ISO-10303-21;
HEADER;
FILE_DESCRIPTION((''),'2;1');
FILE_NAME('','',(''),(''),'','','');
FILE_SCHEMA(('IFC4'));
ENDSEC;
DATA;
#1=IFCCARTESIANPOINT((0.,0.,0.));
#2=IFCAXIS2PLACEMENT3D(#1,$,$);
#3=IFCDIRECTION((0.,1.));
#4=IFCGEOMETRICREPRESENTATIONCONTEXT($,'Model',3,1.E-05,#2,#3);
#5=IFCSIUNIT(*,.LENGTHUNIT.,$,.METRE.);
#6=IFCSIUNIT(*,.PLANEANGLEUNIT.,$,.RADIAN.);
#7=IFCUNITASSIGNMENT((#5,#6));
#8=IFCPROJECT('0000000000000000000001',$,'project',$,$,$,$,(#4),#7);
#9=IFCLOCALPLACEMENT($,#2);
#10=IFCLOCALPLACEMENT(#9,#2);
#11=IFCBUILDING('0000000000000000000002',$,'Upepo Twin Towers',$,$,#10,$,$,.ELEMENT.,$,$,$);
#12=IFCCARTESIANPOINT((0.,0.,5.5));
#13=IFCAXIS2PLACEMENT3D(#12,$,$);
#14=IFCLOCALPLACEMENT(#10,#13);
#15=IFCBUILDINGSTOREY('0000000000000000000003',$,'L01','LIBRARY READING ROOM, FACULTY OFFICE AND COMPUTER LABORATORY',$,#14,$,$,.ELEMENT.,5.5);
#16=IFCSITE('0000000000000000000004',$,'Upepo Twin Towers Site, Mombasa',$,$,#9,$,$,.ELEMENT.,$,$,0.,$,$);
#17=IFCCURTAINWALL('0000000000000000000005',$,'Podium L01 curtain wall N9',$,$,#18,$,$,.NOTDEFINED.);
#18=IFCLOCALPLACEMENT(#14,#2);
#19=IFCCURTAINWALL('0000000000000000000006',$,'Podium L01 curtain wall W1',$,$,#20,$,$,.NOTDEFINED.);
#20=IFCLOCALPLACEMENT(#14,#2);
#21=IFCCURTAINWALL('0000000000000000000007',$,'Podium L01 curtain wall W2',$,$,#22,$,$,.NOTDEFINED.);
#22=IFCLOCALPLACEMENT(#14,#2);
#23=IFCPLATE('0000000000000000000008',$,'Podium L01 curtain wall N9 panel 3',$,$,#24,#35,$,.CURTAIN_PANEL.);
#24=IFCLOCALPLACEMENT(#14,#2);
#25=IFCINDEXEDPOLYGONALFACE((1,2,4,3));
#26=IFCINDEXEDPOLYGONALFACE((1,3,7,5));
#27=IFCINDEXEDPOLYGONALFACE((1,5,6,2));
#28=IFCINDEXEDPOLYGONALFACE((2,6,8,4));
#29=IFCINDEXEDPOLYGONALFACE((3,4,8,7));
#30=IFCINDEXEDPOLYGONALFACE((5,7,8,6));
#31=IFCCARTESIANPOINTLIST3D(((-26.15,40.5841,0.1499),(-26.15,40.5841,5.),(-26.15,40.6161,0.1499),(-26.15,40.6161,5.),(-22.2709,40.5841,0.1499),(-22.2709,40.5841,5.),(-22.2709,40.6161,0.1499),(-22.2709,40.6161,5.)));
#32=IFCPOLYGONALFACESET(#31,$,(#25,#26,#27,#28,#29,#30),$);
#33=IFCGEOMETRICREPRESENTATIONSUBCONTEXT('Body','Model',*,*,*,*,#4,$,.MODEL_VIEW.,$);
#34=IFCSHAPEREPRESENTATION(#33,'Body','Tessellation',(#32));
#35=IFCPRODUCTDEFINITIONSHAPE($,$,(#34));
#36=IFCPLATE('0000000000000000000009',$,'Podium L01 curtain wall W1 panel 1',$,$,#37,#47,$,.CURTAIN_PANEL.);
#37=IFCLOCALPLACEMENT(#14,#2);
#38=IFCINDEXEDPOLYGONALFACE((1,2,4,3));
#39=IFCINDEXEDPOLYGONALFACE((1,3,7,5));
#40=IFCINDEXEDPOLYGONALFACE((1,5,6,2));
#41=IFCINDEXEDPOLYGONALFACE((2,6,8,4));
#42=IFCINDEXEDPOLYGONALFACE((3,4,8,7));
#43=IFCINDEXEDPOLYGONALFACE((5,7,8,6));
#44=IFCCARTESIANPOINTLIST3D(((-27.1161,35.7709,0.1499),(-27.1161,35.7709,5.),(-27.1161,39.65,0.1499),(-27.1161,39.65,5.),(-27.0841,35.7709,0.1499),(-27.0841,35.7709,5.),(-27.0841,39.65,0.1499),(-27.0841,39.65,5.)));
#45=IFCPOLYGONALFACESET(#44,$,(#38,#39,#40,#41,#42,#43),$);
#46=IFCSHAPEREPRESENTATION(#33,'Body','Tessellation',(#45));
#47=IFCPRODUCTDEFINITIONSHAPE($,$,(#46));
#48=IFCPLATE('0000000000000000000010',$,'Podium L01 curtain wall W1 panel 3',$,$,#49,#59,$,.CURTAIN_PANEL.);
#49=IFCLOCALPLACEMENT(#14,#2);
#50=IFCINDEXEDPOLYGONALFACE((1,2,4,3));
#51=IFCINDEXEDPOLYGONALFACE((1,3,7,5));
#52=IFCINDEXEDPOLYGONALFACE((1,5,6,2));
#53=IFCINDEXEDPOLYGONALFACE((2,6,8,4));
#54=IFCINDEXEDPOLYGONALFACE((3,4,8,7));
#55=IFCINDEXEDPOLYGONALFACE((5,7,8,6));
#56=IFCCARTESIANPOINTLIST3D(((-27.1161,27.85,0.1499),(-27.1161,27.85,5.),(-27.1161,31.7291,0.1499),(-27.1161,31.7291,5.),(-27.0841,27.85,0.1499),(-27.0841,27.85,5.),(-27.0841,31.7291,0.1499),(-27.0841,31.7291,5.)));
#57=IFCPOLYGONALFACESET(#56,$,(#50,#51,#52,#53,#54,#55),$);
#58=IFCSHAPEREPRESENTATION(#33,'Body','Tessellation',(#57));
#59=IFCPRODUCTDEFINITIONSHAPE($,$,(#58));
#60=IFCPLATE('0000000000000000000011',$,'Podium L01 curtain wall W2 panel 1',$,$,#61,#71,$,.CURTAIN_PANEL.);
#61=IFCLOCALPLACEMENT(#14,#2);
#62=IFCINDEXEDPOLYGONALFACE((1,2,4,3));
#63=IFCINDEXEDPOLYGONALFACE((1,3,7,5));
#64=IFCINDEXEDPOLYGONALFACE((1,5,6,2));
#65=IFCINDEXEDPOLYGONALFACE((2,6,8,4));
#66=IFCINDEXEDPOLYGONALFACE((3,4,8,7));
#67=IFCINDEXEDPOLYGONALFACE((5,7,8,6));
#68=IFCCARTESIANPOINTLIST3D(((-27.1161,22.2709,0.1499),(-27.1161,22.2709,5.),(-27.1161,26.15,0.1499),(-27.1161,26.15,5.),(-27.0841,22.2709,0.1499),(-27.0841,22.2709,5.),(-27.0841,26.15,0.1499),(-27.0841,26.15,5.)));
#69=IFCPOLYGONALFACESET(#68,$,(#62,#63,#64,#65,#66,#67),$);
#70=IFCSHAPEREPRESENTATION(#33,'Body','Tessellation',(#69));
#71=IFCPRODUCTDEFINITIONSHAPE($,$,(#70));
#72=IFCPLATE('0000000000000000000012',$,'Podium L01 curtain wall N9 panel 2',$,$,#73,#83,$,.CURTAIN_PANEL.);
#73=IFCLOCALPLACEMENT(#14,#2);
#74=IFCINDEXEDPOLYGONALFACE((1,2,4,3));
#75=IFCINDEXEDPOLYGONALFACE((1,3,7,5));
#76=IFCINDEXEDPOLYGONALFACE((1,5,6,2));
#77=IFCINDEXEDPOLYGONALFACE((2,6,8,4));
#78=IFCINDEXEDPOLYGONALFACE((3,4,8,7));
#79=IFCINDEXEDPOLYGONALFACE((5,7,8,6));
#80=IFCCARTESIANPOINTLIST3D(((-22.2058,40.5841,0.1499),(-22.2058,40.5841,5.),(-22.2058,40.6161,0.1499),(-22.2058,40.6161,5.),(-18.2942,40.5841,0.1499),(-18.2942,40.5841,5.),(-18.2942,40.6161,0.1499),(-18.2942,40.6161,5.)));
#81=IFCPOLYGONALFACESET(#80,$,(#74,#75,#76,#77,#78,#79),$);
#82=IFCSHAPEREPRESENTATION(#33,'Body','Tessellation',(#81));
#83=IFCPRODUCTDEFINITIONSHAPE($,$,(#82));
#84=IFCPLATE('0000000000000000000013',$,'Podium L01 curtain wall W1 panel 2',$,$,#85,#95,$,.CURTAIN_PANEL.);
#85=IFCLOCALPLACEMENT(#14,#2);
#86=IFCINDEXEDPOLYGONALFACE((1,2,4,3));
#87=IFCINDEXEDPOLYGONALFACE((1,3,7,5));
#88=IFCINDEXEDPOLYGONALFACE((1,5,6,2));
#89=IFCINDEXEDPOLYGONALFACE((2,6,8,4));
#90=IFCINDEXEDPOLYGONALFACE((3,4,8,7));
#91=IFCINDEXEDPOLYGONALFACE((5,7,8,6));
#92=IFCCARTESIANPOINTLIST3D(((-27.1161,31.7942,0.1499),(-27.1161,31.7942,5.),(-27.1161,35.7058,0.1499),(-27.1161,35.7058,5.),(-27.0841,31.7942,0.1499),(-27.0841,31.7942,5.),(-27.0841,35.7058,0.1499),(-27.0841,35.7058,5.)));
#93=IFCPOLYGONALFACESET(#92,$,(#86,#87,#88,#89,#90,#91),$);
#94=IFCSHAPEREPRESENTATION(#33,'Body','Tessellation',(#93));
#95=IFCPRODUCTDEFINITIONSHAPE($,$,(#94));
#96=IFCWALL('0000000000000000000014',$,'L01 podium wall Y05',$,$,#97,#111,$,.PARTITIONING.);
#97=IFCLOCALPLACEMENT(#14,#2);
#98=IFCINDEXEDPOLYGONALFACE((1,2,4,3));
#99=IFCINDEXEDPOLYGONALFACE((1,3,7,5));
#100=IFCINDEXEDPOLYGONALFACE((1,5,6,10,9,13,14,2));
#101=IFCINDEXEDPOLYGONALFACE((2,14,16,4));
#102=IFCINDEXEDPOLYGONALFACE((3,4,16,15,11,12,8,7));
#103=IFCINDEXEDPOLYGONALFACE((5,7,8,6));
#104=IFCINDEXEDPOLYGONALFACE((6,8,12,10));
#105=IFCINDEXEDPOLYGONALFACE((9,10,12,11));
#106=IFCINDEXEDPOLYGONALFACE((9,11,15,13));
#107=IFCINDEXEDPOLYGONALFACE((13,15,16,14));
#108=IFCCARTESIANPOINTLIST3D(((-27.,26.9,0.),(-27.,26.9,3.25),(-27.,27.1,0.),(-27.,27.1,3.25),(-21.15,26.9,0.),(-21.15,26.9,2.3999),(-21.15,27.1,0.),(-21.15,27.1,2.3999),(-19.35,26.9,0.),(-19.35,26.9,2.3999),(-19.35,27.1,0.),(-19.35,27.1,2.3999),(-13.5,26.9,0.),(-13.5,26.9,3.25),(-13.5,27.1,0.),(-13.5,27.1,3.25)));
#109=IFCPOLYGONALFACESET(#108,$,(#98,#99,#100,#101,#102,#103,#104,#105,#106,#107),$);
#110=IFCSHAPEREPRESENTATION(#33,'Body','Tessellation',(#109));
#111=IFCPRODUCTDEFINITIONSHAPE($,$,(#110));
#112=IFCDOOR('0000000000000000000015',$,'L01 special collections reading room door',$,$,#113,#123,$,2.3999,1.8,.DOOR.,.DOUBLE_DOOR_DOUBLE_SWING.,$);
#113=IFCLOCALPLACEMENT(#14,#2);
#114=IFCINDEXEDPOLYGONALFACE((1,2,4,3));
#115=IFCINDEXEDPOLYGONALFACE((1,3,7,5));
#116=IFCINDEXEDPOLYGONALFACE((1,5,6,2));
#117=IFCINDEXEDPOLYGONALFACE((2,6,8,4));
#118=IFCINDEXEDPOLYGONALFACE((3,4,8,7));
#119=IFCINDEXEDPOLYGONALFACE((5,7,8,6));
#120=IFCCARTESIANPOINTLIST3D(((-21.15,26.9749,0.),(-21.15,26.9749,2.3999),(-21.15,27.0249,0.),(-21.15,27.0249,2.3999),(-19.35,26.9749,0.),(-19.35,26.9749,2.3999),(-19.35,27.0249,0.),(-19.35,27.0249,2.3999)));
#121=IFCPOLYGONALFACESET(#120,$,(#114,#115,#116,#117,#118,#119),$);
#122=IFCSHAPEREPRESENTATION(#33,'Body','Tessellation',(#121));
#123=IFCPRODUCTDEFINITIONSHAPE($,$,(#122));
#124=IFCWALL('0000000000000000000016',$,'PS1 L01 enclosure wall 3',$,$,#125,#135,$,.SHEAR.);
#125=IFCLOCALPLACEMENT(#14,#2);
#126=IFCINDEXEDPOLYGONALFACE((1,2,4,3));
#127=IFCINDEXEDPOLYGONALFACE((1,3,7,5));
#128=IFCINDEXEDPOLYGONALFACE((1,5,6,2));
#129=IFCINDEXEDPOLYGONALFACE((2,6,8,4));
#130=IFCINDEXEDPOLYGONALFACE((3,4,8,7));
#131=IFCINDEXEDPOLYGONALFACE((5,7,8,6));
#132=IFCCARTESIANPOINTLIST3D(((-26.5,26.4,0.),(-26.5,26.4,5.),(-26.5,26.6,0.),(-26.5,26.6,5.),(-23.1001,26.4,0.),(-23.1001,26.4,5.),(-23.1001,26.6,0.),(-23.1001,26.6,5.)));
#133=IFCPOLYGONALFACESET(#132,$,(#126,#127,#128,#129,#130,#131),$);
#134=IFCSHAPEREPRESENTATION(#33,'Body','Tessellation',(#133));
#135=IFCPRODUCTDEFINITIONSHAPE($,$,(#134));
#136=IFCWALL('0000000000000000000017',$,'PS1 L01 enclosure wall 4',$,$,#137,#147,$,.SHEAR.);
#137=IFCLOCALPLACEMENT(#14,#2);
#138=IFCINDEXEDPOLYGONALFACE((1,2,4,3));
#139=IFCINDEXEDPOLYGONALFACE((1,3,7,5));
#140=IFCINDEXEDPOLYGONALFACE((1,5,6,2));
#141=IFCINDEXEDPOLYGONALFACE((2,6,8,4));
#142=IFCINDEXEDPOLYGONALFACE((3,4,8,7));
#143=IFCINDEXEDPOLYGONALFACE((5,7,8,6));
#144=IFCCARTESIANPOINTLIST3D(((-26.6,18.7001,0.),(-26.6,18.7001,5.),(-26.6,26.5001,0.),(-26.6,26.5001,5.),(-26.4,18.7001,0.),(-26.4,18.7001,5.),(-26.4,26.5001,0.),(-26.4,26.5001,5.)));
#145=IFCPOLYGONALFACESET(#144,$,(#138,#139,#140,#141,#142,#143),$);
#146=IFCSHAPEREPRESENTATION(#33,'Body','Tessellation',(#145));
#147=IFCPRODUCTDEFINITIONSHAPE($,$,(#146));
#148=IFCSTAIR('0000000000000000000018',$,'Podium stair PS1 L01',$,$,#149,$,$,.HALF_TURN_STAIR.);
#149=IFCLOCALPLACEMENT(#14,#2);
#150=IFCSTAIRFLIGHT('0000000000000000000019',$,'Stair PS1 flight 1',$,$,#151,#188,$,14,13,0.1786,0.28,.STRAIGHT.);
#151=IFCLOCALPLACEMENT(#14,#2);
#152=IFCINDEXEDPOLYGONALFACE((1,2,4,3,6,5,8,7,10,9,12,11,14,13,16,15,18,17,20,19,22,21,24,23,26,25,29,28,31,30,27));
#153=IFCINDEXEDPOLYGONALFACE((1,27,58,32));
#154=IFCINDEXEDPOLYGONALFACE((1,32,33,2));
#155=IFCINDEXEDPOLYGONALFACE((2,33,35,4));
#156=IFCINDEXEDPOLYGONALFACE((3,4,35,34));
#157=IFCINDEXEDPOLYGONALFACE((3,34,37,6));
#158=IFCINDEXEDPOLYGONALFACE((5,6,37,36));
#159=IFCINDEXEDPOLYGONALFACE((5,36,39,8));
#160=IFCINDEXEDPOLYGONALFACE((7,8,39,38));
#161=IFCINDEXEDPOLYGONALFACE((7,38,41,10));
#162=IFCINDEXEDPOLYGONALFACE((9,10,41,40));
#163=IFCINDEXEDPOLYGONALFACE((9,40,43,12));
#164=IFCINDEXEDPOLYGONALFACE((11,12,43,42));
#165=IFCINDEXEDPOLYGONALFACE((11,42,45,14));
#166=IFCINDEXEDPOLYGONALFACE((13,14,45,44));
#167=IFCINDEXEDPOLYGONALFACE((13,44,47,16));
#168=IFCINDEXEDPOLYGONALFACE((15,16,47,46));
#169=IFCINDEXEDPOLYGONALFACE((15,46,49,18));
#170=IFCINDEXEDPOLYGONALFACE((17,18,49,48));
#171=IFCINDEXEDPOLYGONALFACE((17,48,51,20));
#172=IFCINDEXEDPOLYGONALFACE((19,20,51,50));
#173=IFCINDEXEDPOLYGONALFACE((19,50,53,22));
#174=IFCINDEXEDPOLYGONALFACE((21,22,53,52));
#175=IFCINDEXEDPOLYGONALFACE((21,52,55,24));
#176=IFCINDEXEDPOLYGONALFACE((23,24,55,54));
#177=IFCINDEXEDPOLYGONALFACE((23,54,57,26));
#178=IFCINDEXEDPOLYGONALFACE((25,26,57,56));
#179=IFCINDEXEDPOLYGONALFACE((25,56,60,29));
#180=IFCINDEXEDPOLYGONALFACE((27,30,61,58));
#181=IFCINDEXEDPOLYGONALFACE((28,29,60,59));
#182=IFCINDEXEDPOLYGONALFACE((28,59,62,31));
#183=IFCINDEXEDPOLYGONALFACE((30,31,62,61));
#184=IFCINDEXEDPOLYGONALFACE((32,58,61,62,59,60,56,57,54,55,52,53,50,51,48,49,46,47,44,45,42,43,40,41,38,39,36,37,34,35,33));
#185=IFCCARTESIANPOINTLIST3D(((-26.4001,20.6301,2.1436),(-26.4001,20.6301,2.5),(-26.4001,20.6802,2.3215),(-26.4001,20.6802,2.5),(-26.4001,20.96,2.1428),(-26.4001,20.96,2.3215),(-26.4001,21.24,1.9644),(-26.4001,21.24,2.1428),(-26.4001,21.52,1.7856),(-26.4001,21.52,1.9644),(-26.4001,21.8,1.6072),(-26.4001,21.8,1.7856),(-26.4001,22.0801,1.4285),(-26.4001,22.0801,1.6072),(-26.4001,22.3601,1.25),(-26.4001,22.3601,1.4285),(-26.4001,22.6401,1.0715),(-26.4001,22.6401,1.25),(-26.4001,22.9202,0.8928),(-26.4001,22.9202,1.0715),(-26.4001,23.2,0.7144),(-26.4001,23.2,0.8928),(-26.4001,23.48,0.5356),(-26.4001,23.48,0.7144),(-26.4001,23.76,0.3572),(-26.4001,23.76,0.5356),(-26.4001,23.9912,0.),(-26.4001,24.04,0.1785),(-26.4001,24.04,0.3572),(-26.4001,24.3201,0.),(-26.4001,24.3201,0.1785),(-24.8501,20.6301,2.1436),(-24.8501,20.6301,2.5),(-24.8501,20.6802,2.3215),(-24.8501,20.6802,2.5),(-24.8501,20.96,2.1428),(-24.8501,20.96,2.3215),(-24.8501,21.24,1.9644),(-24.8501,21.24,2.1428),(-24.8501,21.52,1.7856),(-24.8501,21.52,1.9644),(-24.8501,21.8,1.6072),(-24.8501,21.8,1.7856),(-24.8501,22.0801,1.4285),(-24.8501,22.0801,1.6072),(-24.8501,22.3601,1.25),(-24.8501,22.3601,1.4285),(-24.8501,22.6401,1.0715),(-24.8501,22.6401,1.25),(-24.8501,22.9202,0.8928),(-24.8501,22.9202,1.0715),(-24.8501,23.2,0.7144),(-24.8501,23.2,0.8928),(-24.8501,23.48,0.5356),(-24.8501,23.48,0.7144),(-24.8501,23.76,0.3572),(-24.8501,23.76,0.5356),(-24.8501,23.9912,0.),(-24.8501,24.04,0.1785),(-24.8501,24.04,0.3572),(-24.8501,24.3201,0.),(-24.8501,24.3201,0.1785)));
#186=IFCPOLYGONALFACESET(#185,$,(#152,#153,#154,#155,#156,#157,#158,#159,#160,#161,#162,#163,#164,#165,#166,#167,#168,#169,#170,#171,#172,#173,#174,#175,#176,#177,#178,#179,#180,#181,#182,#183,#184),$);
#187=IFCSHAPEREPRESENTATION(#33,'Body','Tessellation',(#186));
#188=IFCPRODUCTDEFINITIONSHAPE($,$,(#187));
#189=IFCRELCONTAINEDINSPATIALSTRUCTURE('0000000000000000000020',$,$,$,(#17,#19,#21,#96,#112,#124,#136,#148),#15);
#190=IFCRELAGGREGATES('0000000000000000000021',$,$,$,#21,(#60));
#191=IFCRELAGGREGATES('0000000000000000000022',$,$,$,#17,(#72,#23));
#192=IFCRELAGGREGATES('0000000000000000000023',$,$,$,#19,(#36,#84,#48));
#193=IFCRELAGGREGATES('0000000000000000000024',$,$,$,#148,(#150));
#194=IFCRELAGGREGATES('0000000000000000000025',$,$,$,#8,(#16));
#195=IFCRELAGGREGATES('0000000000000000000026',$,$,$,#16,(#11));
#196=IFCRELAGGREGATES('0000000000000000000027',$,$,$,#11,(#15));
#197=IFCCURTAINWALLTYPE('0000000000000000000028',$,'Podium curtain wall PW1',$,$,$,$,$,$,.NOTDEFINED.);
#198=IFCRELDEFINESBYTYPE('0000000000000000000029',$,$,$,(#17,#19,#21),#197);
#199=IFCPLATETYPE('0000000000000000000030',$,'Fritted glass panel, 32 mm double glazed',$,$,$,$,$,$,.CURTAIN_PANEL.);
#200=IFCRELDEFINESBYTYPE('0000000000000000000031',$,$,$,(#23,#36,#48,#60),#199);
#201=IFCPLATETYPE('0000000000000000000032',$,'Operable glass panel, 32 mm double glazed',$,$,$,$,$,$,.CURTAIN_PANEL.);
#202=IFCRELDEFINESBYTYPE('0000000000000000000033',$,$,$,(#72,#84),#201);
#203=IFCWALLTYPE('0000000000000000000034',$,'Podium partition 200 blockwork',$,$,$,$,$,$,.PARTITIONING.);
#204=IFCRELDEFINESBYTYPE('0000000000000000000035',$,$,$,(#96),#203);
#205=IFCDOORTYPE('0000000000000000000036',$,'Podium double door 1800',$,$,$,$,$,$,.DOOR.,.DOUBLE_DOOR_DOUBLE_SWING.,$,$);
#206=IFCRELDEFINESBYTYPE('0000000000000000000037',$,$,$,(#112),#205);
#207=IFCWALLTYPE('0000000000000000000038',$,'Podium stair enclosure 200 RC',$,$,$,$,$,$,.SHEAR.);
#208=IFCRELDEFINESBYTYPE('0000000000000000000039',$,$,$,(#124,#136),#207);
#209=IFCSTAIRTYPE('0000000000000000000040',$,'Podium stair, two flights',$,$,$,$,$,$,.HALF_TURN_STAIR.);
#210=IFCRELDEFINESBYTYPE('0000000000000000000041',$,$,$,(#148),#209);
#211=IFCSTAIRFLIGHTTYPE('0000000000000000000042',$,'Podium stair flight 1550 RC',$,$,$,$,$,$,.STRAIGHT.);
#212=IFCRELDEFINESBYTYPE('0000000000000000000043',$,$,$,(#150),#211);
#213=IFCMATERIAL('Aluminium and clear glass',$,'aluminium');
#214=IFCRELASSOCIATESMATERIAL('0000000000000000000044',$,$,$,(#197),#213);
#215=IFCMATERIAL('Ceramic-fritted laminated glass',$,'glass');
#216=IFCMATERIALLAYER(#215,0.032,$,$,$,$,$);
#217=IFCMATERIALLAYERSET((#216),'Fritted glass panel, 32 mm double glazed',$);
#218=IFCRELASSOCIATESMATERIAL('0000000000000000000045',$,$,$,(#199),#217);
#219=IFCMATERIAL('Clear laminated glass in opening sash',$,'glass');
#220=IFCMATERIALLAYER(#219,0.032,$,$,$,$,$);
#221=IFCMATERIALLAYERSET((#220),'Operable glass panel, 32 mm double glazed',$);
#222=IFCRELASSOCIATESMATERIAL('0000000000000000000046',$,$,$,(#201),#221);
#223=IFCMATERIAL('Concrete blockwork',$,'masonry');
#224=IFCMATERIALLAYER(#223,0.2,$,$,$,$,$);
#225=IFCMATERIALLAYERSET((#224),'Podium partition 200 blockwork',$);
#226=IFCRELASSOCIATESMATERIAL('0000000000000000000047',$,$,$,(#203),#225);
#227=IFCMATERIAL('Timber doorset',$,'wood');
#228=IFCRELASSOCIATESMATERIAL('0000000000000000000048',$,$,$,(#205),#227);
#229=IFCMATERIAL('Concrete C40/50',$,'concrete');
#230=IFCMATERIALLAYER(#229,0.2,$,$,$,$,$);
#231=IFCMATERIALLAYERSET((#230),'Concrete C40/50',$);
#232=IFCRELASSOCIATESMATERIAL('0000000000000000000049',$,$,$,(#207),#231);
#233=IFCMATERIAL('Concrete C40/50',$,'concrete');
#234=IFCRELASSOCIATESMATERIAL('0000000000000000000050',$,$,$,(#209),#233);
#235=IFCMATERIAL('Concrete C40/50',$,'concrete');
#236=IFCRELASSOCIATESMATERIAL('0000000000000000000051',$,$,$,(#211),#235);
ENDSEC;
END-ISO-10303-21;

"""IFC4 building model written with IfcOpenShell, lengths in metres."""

from ifc_helpers import new_model, si_unit, direction, frame, frame_2d, origin, origin_2d, place, context, subcontext, project, spatial, polyline, rectangle, outline, extrude, material, layer, layer_set, type_object, element, fill, aggregate, save


model = new_model("IFC4")

# Units and contexts
model_context = context("Model", 3, precision=1e-05, world=origin(), true_north=direction((0.0, 1.0)))
body_context = subcontext(model_context, "Body", "Model", "MODEL_VIEW")
ifc_project = project(units=[si_unit("LENGTHUNIT", "METRE"), si_unit("PLANEANGLEUNIT", "RADIAN")], contexts=[model_context])

# Site, building, storey
site_placement = place(None, origin())
site = spatial("IfcSite", under=ifc_project, at=site_placement, Name="Upepo Twin Towers Site, Mombasa", CompositionType="ELEMENT", RefElevation=0.0)
building_placement = place(site_placement, origin())
building = spatial("IfcBuilding", under=site, at=building_placement, Name="Upepo Twin Towers", CompositionType="ELEMENT")
storey_placement = place(building_placement, frame((0.0, 0.0, 5.5)))
storey = spatial("IfcBuildingStorey", under=building, at=storey_placement, Name="L01", Description="LIBRARY READING ROOM, FACULTY OFFICE AND COMPUTER LABORATORY", CompositionType="ELEMENT", Elevation=5.5)

# Curtain walls
ifc_material_1 = material(Name="Aluminium and clear glass", Category="aluminium")
curtain_wall_type = type_object("IfcCurtainWallType", Name="Podium curtain wall PW1", PredefinedType="NOTDEFINED", material=ifc_material_1)
curtain_wall_1_placement = place(storey_placement, origin())
curtain_wall_1 = element("IfcCurtainWall", 1, at=curtain_wall_1_placement, inside=storey, type_object=curtain_wall_type, Name="Podium L01 curtain wall N9", PredefinedType="NOTDEFINED")
curtain_wall_2_placement = place(storey_placement, origin())
curtain_wall_2 = element("IfcCurtainWall", 2, at=curtain_wall_2_placement, inside=storey, type_object=curtain_wall_type, Name="Podium L01 curtain wall W1", PredefinedType="NOTDEFINED")

# Curtain wall
curtain_wall_3_placement = place(storey_placement, origin())
curtain_wall_3 = element("IfcCurtainWall", 3, at=curtain_wall_3_placement, inside=storey, type_object=curtain_wall_type, Name="Podium L01 curtain wall W2", PredefinedType="NOTDEFINED")

# Plates
ifc_material_2 = material(Name="Ceramic-fritted laminated glass", Category="glass")
ifc_layer_1 = layer(ifc_material_2, 0.032)
ifc_layer_set_1 = layer_set([ifc_layer_1], Name="Fritted glass panel, 32 mm double glazed")
plate_type_1 = type_object("IfcPlateType", Name="Fritted glass panel, 32 mm double glazed", PredefinedType="CURTAIN_PANEL", material=ifc_layer_set_1)
plate_1_placement = place(storey_placement, frame((-24.2104, 40.6001, 0.1499), z_axis=(0.0, 0.0, 1.0), x_axis=(-1.0, 0.0, 0.0)))
plate_1 = element("IfcPlate", 4, at=plate_1_placement, type_object=plate_type_1, Name="Podium L01 curtain wall N9 panel 3", PredefinedType="CURTAIN_PANEL", context=body_context, shape_type="SweptSolid", body=[
    extrude(rectangle(XDim=3.8792, YDim=0.032, at=origin_2d()), origin(), (0.0, 0.0, 1.0), 4.8501),
])
plate_2_placement = place(storey_placement, frame((-27.1001, 37.7104, 0.1499), z_axis=(0.0, 0.0, 1.0), x_axis=(0.0, -1.0, 0.0)))
plate_2 = element("IfcPlate", 5, at=plate_2_placement, type_object=plate_type_1, Name="Podium L01 curtain wall W1 panel 1", PredefinedType="CURTAIN_PANEL", context=body_context, shape_type="SweptSolid", body=[
    extrude(rectangle(XDim=3.8792, YDim=0.032, at=origin_2d()), origin(), (0.0, 0.0, 1.0), 4.8501),
])
plate_3_placement = place(storey_placement, frame((-27.1001, 29.7896, 0.1499), z_axis=(0.0, 0.0, 1.0), x_axis=(0.0, -1.0, 0.0)))
plate_3 = element("IfcPlate", 6, at=plate_3_placement, type_object=plate_type_1, Name="Podium L01 curtain wall W1 panel 3", PredefinedType="CURTAIN_PANEL", context=body_context, shape_type="SweptSolid", body=[
    extrude(rectangle(XDim=3.8792, YDim=0.032, at=origin_2d()), origin(), (0.0, 0.0, 1.0), 4.8501),
])
plate_4_placement = place(storey_placement, frame((-27.1001, 24.2104, 0.1499), z_axis=(0.0, 0.0, 1.0), x_axis=(0.0, -1.0, 0.0)))
plate_4 = element("IfcPlate", 7, at=plate_4_placement, type_object=plate_type_1, Name="Podium L01 curtain wall W2 panel 1", PredefinedType="CURTAIN_PANEL", context=body_context, shape_type="SweptSolid", body=[
    extrude(rectangle(XDim=3.8792, YDim=0.032, at=origin_2d()), origin(), (0.0, 0.0, 1.0), 4.8501),
])
aggregate(curtain_wall_3, [plate_4])
ifc_material_3 = material(Name="Clear laminated glass in opening sash", Category="glass")
ifc_layer_2 = layer(ifc_material_3, 0.032)
ifc_layer_set_2 = layer_set([ifc_layer_2], Name="Operable glass panel, 32 mm double glazed")
plate_type_2 = type_object("IfcPlateType", Name="Operable glass panel, 32 mm double glazed", PredefinedType="CURTAIN_PANEL", material=ifc_layer_set_2)
plate_5_placement = place(storey_placement, frame((-20.25, 40.6001, 0.1499), z_axis=(0.0, 0.0, 1.0), x_axis=(-1.0, 0.0, 0.0)))
plate_5 = element("IfcPlate", 8, at=plate_5_placement, type_object=plate_type_2, Name="Podium L01 curtain wall N9 panel 2", PredefinedType="CURTAIN_PANEL", context=body_context, shape_type="SweptSolid", body=[
    extrude(rectangle(XDim=3.9116, YDim=0.032, at=origin_2d()), origin(), (0.0, 0.0, 1.0), 4.8501),
])
aggregate(curtain_wall_1, [plate_5, plate_1])
plate_6_placement = place(storey_placement, frame((-27.1001, 33.75, 0.1499), z_axis=(0.0, 0.0, 1.0), x_axis=(0.0, -1.0, 0.0)))
plate_6 = element("IfcPlate", 9, at=plate_6_placement, type_object=plate_type_2, Name="Podium L01 curtain wall W1 panel 2", PredefinedType="CURTAIN_PANEL", context=body_context, shape_type="SweptSolid", body=[
    extrude(rectangle(XDim=3.9116, YDim=0.032, at=origin_2d()), origin(), (0.0, 0.0, 1.0), 4.8501),
])
aggregate(curtain_wall_2, [plate_2, plate_6, plate_3])

# Wall, opening, door
ifc_material_4 = material(Name="Concrete blockwork", Category="masonry")
ifc_layer_3 = layer(ifc_material_4, 0.2)
ifc_layer_set_3 = layer_set([ifc_layer_3], Name="Podium partition 200 blockwork")
wall_type_1 = type_object("IfcWallType", Name="Podium partition 200 blockwork", PredefinedType="PARTITIONING", material=ifc_layer_set_3)
wall_1_placement = place(storey_placement, frame((-27.0, 27.0, 0.0), z_axis=(0.0, 0.0, 1.0), x_axis=(1.0, 0.0, 0.0)))
wall_1 = element("IfcWall", 10, at=wall_1_placement, inside=storey, type_object=wall_type_1, Name="L01 podium wall Y05", PredefinedType="PARTITIONING", context=body_context, shape_type="SweptSolid", body=[
    extrude(rectangle(XDim=13.5, YDim=0.2, at=frame_2d((6.75, 0.0))), origin(), (0.0, 0.0, 1.0), 3.25),
])
opening_placement = place(wall_1_placement, frame((5.8501, 0.0, 0.0)))
opening = element("IfcOpeningElement", 11, at=opening_placement, cuts=wall_1, PredefinedType="OPENING", context=body_context, shape_type="SweptSolid", body=[
    extrude(rectangle(XDim=1.8, YDim=2.3999, at=frame_2d((0.8999, 1.2))), frame((0.0, 0.1099, 0.0), z_axis=(0.0, -1.0, 0.0), x_axis=(1.0, 0.0, 0.0)), (0.0, 0.0, 1.0), 0.22),
])
ifc_material_5 = material(Name="Timber doorset", Category="wood")
door_type = type_object("IfcDoorType", Name="Podium double door 1800", OperationType="DOUBLE_DOOR_DOUBLE_SWING", PredefinedType="DOOR", material=ifc_material_5)
door_placement = place(opening_placement, origin())
door = element("IfcDoor", 12, at=door_placement, inside=storey, type_object=door_type, Name="L01 special collections reading room door", OperationType="DOUBLE_DOOR_DOUBLE_SWING", OverallHeight=2.3999, OverallWidth=1.8, PredefinedType="DOOR", context=body_context, shape_type="SweptSolid", body=[
    extrude(rectangle(XDim=1.8, YDim=2.3999, at=frame_2d((0.8999, 1.2))), frame((0.0, 0.0249, 0.0), z_axis=(0.0, -1.0, 0.0), x_axis=(1.0, 0.0, 0.0)), (0.0, 0.0, 1.0), 0.05),
])
fill(opening, door)

# Walls
ifc_material_6 = material(Name="Concrete C40/50", Category="concrete")
ifc_layer_4 = layer(ifc_material_6, 0.2)
ifc_layer_set_4 = layer_set([ifc_layer_4], Name="Concrete C40/50")
wall_type_2 = type_object("IfcWallType", Name="Podium stair enclosure 200 RC", PredefinedType="SHEAR", material=ifc_layer_set_4)
wall_2_placement = place(storey_placement, frame((-23.1001, 26.5, 0.0), z_axis=(0.0, 0.0, 1.0), x_axis=(-1.0, 0.0, 0.0)))
element("IfcWall", 13, at=wall_2_placement, inside=storey, type_object=wall_type_2, Name="PS1 L01 enclosure wall 3", PredefinedType="SHEAR", context=body_context, shape_type="SweptSolid", body=[
    extrude(rectangle(XDim=3.3999, YDim=0.2, at=frame_2d((1.7, 0.0))), origin(), (0.0, 0.0, 1.0), 5.0),
])
wall_3_placement = place(storey_placement, frame((-26.5, 26.5, 0.0), z_axis=(0.0, 0.0, 1.0), x_axis=(0.0, -1.0, 0.0)))
element("IfcWall", 14, at=wall_3_placement, inside=storey, type_object=wall_type_2, Name="PS1 L01 enclosure wall 4", PredefinedType="SHEAR", context=body_context, shape_type="SweptSolid", body=[
    extrude(rectangle(XDim=7.8, YDim=0.2, at=frame_2d((3.8999, 0.0))), origin(), (0.0, 0.0, 1.0), 5.0),
])

# Stair, stair flight
ifc_material_7 = material(Name="Concrete C40/50", Category="concrete")
stair_type = type_object("IfcStairType", Name="Podium stair, two flights", PredefinedType="HALF_TURN_STAIR", material=ifc_material_7)
stair_placement = place(storey_placement, origin())
stair = element("IfcStair", 15, at=stair_placement, inside=storey, type_object=stair_type, Name="Podium stair PS1 L01", PredefinedType="HALF_TURN_STAIR")
ifc_material_8 = material(Name="Concrete C40/50", Category="concrete")
stair_flight_type = type_object("IfcStairFlightType", Name="Podium stair flight 1550 RC", PredefinedType="STRAIGHT", material=ifc_material_8)
stair_flight_placement = place(storey_placement, frame((-25.625, 24.3201, 0.0), z_axis=(0.0, 0.0, 1.0), x_axis=(0.0, -1.0, 0.0)))
stair_flight = element("IfcStairFlight", 16, at=stair_flight_placement, type_object=stair_flight_type, Name="Stair PS1 flight 1", NumberOfRisers=14, NumberOfTreads=13, PredefinedType="STRAIGHT", RiserHeight=0.1786, TreadLength=0.28, context=body_context, shape_type="SweptSolid", body=[
    extrude(outline(polyline([(0.0, 0.0), (0.0, 0.1785), (0.28, 0.1785), (0.28, 0.3572), (0.5601, 0.3572), (0.5601, 0.5356), (0.8401, 0.5356), (0.8401, 0.7144), (1.1201, 0.7144), (1.1201, 0.8928), (1.3999, 0.8928), (1.3999, 1.0715), (1.6799, 1.0715), (1.6799, 1.25), (1.96, 1.25), (1.96, 1.4285), (2.24, 1.4285), (2.24, 1.6072), (2.52, 1.6072), (2.52, 1.7856), (2.8, 1.7856), (2.8, 1.9644), (3.0801, 1.9644), (3.0801, 2.1428), (3.3601, 2.1428), (3.3601, 2.3215), (3.6399, 2.3215), (3.6399, 2.5), (3.6899, 2.5), (3.6899, 2.1436), (0.3289, 0.0), (0.0, 0.0)])), frame((0.0, 0.7749, 0.0), z_axis=(0.0, -1.0, 0.0), x_axis=(1.0, 0.0, 0.0)), (0.0, 0.0, 1.0), 1.55),
])
aggregate(stair, [stair_flight])

save(model, "model.ifc")
